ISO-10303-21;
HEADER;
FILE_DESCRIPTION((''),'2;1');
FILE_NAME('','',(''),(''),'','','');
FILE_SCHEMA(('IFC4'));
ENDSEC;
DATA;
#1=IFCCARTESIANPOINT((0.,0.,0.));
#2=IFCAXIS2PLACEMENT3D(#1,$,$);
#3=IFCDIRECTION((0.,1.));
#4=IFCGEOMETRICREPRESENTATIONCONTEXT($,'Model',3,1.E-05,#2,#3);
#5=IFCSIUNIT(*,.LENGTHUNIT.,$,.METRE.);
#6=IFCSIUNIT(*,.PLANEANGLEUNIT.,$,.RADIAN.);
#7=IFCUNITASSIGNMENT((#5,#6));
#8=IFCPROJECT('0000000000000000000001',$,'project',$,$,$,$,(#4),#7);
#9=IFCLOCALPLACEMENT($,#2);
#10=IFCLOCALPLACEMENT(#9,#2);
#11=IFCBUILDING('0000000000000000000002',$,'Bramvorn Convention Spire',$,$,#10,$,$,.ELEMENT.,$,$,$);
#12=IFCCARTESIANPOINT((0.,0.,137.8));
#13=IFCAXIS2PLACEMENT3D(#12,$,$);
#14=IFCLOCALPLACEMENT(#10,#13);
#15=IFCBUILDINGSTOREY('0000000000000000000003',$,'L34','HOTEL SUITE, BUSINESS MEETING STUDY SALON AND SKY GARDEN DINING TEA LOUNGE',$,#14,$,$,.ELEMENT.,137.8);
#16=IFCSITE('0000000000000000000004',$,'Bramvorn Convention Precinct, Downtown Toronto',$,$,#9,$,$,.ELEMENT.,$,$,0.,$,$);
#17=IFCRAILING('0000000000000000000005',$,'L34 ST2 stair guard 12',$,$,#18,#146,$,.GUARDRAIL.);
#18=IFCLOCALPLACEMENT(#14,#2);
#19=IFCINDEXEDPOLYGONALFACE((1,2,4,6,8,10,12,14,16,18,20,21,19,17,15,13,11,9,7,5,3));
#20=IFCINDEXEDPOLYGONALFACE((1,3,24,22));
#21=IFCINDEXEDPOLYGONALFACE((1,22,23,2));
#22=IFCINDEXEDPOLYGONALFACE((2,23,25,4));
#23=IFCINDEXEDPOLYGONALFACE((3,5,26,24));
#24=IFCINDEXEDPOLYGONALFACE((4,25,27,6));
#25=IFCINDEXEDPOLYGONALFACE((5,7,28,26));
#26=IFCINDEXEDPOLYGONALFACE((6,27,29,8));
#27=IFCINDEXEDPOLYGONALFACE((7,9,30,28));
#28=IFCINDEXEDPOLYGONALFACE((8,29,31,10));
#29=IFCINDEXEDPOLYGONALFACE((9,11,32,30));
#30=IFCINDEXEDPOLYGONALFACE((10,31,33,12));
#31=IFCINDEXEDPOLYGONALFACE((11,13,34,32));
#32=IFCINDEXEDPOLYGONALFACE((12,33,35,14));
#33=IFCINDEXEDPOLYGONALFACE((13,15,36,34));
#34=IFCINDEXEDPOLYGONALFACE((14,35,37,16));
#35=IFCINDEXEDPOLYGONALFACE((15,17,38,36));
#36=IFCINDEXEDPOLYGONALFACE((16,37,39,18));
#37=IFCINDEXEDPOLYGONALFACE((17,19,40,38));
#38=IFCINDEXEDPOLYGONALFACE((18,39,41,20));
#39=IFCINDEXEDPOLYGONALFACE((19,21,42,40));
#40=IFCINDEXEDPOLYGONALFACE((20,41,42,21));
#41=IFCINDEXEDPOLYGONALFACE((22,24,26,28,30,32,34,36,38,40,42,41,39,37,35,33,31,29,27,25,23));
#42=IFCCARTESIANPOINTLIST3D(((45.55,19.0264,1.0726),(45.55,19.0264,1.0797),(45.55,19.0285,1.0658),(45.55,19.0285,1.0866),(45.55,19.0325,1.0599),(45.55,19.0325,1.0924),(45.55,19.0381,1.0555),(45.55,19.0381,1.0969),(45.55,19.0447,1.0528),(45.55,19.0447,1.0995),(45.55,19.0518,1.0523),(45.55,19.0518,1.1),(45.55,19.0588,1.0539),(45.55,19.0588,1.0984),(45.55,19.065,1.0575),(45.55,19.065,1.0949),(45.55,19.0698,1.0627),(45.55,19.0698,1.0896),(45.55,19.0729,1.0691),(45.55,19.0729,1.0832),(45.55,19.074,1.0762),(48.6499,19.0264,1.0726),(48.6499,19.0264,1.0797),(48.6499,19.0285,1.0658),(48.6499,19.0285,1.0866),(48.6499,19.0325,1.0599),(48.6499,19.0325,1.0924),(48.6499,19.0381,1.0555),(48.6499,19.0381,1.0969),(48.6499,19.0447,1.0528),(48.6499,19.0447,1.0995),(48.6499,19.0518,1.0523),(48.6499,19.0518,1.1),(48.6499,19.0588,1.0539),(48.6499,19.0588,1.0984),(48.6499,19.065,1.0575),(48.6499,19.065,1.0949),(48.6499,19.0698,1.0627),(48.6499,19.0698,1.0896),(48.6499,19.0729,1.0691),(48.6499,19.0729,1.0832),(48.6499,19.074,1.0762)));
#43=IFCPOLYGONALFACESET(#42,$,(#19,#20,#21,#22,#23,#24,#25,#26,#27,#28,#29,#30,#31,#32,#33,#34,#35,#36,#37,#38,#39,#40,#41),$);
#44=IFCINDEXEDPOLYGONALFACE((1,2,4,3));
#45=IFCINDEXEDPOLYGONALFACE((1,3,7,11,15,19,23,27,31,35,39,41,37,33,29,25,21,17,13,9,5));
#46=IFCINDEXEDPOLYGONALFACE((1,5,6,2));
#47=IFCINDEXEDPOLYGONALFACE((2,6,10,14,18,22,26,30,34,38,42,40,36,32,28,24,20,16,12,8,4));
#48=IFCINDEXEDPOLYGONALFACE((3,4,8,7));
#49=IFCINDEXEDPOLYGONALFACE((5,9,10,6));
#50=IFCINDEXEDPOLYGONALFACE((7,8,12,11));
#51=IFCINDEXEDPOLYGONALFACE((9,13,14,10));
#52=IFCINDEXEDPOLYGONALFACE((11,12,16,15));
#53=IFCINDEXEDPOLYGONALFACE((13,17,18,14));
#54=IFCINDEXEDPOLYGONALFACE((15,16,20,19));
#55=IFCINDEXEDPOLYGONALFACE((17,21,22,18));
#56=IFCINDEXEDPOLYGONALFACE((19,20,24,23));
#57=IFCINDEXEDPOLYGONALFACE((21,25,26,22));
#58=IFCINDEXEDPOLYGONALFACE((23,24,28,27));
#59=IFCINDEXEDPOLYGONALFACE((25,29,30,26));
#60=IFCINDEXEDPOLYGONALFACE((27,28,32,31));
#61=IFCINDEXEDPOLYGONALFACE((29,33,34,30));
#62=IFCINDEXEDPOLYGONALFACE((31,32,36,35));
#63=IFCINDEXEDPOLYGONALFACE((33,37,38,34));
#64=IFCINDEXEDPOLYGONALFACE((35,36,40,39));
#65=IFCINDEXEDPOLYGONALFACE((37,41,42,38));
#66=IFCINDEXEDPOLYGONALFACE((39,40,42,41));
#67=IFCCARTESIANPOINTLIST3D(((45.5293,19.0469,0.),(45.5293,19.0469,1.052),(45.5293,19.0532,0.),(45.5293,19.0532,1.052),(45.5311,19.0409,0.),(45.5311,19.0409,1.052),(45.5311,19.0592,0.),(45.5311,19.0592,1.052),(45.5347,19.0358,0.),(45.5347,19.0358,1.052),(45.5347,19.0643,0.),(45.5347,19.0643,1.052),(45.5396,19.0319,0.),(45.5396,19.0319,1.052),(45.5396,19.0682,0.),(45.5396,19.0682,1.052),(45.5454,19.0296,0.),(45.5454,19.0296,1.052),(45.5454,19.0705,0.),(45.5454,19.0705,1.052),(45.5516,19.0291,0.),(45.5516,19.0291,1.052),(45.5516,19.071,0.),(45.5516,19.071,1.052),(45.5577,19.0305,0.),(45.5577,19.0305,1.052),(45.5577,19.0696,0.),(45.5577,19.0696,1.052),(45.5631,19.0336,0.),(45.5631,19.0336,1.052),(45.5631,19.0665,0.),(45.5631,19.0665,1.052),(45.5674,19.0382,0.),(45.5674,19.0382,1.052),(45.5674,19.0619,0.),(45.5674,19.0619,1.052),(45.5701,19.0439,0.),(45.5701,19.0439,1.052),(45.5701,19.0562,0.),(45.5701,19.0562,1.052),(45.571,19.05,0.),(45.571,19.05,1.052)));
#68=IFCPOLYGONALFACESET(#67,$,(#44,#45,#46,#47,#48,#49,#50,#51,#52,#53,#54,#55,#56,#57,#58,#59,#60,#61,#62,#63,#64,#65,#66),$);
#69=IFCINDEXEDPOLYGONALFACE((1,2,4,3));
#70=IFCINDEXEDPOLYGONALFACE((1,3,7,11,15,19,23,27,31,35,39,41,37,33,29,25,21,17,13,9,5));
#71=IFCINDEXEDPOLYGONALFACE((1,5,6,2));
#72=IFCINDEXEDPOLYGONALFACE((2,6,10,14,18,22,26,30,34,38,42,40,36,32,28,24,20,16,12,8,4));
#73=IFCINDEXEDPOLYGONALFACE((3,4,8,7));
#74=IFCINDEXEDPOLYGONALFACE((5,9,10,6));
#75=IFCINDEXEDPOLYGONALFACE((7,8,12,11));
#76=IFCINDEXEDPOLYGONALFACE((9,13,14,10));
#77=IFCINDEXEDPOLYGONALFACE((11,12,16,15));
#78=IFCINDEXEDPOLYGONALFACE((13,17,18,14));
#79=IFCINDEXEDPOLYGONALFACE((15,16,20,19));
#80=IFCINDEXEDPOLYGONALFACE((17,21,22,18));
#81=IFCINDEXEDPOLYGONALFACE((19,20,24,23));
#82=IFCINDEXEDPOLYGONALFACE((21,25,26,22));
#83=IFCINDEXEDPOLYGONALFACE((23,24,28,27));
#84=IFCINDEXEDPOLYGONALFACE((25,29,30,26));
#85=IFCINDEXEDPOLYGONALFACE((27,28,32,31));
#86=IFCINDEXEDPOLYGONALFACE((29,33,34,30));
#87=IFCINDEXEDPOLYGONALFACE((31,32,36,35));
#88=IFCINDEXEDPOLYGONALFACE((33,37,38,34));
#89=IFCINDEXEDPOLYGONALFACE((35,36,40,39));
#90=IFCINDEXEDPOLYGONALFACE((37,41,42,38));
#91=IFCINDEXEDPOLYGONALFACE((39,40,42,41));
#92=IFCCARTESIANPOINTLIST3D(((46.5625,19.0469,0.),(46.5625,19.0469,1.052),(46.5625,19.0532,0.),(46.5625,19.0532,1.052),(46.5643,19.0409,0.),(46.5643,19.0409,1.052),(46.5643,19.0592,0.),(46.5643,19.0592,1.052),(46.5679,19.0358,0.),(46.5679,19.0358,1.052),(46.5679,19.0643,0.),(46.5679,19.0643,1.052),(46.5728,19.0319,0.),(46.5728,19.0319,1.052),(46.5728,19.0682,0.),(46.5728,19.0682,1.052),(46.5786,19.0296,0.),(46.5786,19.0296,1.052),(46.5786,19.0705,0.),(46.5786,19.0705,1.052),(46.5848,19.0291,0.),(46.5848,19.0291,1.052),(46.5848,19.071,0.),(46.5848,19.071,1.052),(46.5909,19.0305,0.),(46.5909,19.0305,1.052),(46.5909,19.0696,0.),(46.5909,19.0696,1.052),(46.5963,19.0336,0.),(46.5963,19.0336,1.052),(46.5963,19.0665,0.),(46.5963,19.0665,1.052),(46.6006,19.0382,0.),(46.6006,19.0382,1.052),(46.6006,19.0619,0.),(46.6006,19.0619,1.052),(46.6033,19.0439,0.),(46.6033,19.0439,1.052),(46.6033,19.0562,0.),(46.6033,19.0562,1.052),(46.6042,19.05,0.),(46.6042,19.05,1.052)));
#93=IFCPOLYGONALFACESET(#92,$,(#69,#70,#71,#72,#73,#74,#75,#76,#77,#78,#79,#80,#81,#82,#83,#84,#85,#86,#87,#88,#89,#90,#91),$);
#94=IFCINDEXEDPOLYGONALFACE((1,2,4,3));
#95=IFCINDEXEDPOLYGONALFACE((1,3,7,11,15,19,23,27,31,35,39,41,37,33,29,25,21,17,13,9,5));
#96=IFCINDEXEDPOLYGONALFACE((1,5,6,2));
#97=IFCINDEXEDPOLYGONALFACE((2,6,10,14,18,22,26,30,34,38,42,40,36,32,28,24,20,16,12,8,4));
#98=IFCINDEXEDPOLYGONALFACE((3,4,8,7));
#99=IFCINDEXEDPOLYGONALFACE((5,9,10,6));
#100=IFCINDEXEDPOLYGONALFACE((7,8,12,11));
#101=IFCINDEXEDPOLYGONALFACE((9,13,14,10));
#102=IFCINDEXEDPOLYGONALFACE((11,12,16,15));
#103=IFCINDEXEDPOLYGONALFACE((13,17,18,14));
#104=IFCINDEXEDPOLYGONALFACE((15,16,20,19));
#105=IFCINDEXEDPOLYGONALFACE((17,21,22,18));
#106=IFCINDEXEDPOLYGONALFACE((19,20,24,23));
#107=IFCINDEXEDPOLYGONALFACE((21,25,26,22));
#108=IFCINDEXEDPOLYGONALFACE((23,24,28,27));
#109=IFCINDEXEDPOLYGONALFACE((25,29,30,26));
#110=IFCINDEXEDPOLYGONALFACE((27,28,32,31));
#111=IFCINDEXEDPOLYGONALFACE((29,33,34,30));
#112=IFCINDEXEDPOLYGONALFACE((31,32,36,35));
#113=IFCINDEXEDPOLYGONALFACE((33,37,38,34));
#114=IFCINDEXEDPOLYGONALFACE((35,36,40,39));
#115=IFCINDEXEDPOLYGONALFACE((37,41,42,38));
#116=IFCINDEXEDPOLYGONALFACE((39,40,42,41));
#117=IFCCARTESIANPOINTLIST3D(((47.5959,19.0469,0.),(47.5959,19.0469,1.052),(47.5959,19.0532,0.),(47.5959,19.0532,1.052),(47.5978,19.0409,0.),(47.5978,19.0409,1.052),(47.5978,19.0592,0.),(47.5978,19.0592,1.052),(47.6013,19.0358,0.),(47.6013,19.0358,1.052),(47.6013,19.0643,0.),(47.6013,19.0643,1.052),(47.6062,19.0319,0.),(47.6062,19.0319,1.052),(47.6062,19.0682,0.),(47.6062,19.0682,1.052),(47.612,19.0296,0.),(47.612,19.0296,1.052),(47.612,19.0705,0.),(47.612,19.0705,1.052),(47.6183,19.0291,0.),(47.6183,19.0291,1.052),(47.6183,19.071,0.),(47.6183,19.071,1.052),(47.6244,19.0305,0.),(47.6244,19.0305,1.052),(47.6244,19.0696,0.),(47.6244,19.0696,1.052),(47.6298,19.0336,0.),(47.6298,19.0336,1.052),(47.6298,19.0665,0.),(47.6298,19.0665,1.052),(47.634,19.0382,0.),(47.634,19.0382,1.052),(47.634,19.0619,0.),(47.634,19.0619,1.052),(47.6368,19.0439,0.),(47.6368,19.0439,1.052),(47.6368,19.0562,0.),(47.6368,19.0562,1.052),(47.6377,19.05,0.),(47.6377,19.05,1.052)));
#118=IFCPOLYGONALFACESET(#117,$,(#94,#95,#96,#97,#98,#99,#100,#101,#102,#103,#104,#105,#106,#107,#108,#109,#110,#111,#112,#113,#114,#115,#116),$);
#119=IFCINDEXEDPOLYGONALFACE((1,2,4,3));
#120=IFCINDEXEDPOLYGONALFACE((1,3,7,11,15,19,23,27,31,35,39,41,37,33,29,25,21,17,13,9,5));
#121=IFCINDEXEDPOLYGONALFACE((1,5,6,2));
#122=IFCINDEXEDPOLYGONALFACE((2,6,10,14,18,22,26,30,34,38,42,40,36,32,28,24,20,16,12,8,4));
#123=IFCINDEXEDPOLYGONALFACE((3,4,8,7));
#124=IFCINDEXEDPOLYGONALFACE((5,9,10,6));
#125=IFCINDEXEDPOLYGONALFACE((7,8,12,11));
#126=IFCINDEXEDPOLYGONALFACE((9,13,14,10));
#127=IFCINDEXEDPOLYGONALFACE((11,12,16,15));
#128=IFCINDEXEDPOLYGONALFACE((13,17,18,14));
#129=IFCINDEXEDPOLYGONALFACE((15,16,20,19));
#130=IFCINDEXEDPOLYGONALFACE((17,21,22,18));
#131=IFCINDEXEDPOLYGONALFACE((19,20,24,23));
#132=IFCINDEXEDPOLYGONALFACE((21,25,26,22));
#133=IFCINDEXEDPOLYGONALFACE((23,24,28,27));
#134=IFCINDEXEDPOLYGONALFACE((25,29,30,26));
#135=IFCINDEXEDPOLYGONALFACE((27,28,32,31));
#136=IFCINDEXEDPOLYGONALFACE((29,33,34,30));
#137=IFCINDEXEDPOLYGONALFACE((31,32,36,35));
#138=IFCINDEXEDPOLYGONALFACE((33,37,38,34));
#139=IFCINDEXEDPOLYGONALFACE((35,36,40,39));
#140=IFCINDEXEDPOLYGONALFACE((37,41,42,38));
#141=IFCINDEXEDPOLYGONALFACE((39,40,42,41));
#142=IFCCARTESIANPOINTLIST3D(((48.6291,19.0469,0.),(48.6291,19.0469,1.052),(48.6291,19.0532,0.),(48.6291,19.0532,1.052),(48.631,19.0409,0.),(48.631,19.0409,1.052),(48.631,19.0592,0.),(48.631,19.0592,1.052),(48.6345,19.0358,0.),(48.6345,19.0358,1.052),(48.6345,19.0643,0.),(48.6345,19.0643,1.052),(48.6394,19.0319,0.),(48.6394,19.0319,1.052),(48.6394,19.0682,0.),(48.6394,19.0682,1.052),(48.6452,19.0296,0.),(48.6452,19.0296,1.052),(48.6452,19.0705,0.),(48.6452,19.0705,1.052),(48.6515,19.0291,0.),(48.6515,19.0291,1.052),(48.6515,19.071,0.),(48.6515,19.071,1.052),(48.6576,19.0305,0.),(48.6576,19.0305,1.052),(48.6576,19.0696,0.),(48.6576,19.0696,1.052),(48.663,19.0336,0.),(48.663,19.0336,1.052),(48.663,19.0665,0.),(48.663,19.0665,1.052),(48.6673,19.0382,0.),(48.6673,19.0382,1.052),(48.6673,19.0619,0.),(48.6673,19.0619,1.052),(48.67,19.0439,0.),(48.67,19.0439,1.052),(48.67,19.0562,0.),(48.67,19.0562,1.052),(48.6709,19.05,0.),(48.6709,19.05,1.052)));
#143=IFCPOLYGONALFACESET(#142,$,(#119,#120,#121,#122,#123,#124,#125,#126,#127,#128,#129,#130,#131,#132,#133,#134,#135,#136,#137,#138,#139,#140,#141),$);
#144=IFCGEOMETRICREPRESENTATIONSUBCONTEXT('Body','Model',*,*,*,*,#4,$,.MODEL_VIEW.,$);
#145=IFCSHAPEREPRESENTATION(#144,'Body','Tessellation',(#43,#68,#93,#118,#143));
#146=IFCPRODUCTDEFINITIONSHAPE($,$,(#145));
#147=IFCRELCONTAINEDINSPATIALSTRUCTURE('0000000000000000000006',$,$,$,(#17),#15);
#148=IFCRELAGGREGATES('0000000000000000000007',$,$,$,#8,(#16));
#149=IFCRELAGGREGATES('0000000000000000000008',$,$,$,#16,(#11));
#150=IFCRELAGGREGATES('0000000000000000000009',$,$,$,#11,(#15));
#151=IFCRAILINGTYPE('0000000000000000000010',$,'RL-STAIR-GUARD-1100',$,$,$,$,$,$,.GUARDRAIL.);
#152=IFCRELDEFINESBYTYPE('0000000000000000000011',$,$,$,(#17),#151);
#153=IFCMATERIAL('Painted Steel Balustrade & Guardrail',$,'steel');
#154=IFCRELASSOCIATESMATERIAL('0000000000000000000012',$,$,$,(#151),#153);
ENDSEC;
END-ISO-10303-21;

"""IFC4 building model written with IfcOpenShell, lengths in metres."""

from ifc_helpers import new_model, si_unit, direction, frame, origin, origin_2d, place, context, subcontext, project, spatial, circle, extrude, material, type_object, element, save


model = new_model("IFC4")

# Units and contexts
model_context = context("Model", 3, precision=1e-05, world=origin(), true_north=direction((0.0, 1.0)))
body_context = subcontext(model_context, "Body", "Model", "MODEL_VIEW")
ifc_project = project(units=[si_unit("LENGTHUNIT", "METRE"), si_unit("PLANEANGLEUNIT", "RADIAN")], contexts=[model_context])

# Site, building, storey
site_placement = place(None, origin())
site = spatial("IfcSite", under=ifc_project, at=site_placement, Name="Bramvorn Convention Precinct, Downtown Toronto", CompositionType="ELEMENT", RefElevation=0.0)
building_placement = place(site_placement, origin())
building = spatial("IfcBuilding", under=site, at=building_placement, Name="Bramvorn Convention Spire", CompositionType="ELEMENT")
storey_placement = place(building_placement, frame((0.0, 0.0, 137.8)))
storey = spatial("IfcBuildingStorey", under=building, at=storey_placement, Name="L34", Description="HOTEL SUITE, BUSINESS MEETING STUDY SALON AND SKY GARDEN DINING TEA LOUNGE", CompositionType="ELEMENT", Elevation=137.8)

# Railing
ifc_material_1 = material(Name="Painted Steel Balustrade & Guardrail", Category="steel")
railing_type = type_object("IfcRailingType", Name="RL-STAIR-GUARD-1100", PredefinedType="GUARDRAIL", material=ifc_material_1)
railing_1_placement = place(storey_placement, frame((45.55, 19.05, 0.0)))
element("IfcRailing", 1, at=railing_1_placement, inside=storey, type_object=railing_type, Name="L34 ST2 stair guard 12", PredefinedType="GUARDRAIL", context=body_context, shape_type="SweptSolid", body=[
    extrude(circle(Radius=0.0239, at=origin_2d()), frame((0.0, 0.0, 1.0762), z_axis=(1.0, 0.0, 0.0), x_axis=(0.0, 1.0, 0.0)), (0.0, 0.0, 1.0), 3.0999),
    extrude(circle(Radius=0.021, at=origin_2d()), origin(), (0.0, 0.0, 1.0), 1.052),
    extrude(circle(Radius=0.021, at=origin_2d()), frame((1.0332, 0.0, 0.0)), (0.0, 0.0, 1.0), 1.052),
    extrude(circle(Radius=0.021, at=origin_2d()), frame((2.0667, 0.0, 0.0)), (0.0, 0.0, 1.0), 1.052),
    extrude(circle(Radius=0.021, at=origin_2d()), frame((3.0999, 0.0, 0.0)), (0.0, 0.0, 1.0), 1.052),
])

save(model, "model.ifc")
